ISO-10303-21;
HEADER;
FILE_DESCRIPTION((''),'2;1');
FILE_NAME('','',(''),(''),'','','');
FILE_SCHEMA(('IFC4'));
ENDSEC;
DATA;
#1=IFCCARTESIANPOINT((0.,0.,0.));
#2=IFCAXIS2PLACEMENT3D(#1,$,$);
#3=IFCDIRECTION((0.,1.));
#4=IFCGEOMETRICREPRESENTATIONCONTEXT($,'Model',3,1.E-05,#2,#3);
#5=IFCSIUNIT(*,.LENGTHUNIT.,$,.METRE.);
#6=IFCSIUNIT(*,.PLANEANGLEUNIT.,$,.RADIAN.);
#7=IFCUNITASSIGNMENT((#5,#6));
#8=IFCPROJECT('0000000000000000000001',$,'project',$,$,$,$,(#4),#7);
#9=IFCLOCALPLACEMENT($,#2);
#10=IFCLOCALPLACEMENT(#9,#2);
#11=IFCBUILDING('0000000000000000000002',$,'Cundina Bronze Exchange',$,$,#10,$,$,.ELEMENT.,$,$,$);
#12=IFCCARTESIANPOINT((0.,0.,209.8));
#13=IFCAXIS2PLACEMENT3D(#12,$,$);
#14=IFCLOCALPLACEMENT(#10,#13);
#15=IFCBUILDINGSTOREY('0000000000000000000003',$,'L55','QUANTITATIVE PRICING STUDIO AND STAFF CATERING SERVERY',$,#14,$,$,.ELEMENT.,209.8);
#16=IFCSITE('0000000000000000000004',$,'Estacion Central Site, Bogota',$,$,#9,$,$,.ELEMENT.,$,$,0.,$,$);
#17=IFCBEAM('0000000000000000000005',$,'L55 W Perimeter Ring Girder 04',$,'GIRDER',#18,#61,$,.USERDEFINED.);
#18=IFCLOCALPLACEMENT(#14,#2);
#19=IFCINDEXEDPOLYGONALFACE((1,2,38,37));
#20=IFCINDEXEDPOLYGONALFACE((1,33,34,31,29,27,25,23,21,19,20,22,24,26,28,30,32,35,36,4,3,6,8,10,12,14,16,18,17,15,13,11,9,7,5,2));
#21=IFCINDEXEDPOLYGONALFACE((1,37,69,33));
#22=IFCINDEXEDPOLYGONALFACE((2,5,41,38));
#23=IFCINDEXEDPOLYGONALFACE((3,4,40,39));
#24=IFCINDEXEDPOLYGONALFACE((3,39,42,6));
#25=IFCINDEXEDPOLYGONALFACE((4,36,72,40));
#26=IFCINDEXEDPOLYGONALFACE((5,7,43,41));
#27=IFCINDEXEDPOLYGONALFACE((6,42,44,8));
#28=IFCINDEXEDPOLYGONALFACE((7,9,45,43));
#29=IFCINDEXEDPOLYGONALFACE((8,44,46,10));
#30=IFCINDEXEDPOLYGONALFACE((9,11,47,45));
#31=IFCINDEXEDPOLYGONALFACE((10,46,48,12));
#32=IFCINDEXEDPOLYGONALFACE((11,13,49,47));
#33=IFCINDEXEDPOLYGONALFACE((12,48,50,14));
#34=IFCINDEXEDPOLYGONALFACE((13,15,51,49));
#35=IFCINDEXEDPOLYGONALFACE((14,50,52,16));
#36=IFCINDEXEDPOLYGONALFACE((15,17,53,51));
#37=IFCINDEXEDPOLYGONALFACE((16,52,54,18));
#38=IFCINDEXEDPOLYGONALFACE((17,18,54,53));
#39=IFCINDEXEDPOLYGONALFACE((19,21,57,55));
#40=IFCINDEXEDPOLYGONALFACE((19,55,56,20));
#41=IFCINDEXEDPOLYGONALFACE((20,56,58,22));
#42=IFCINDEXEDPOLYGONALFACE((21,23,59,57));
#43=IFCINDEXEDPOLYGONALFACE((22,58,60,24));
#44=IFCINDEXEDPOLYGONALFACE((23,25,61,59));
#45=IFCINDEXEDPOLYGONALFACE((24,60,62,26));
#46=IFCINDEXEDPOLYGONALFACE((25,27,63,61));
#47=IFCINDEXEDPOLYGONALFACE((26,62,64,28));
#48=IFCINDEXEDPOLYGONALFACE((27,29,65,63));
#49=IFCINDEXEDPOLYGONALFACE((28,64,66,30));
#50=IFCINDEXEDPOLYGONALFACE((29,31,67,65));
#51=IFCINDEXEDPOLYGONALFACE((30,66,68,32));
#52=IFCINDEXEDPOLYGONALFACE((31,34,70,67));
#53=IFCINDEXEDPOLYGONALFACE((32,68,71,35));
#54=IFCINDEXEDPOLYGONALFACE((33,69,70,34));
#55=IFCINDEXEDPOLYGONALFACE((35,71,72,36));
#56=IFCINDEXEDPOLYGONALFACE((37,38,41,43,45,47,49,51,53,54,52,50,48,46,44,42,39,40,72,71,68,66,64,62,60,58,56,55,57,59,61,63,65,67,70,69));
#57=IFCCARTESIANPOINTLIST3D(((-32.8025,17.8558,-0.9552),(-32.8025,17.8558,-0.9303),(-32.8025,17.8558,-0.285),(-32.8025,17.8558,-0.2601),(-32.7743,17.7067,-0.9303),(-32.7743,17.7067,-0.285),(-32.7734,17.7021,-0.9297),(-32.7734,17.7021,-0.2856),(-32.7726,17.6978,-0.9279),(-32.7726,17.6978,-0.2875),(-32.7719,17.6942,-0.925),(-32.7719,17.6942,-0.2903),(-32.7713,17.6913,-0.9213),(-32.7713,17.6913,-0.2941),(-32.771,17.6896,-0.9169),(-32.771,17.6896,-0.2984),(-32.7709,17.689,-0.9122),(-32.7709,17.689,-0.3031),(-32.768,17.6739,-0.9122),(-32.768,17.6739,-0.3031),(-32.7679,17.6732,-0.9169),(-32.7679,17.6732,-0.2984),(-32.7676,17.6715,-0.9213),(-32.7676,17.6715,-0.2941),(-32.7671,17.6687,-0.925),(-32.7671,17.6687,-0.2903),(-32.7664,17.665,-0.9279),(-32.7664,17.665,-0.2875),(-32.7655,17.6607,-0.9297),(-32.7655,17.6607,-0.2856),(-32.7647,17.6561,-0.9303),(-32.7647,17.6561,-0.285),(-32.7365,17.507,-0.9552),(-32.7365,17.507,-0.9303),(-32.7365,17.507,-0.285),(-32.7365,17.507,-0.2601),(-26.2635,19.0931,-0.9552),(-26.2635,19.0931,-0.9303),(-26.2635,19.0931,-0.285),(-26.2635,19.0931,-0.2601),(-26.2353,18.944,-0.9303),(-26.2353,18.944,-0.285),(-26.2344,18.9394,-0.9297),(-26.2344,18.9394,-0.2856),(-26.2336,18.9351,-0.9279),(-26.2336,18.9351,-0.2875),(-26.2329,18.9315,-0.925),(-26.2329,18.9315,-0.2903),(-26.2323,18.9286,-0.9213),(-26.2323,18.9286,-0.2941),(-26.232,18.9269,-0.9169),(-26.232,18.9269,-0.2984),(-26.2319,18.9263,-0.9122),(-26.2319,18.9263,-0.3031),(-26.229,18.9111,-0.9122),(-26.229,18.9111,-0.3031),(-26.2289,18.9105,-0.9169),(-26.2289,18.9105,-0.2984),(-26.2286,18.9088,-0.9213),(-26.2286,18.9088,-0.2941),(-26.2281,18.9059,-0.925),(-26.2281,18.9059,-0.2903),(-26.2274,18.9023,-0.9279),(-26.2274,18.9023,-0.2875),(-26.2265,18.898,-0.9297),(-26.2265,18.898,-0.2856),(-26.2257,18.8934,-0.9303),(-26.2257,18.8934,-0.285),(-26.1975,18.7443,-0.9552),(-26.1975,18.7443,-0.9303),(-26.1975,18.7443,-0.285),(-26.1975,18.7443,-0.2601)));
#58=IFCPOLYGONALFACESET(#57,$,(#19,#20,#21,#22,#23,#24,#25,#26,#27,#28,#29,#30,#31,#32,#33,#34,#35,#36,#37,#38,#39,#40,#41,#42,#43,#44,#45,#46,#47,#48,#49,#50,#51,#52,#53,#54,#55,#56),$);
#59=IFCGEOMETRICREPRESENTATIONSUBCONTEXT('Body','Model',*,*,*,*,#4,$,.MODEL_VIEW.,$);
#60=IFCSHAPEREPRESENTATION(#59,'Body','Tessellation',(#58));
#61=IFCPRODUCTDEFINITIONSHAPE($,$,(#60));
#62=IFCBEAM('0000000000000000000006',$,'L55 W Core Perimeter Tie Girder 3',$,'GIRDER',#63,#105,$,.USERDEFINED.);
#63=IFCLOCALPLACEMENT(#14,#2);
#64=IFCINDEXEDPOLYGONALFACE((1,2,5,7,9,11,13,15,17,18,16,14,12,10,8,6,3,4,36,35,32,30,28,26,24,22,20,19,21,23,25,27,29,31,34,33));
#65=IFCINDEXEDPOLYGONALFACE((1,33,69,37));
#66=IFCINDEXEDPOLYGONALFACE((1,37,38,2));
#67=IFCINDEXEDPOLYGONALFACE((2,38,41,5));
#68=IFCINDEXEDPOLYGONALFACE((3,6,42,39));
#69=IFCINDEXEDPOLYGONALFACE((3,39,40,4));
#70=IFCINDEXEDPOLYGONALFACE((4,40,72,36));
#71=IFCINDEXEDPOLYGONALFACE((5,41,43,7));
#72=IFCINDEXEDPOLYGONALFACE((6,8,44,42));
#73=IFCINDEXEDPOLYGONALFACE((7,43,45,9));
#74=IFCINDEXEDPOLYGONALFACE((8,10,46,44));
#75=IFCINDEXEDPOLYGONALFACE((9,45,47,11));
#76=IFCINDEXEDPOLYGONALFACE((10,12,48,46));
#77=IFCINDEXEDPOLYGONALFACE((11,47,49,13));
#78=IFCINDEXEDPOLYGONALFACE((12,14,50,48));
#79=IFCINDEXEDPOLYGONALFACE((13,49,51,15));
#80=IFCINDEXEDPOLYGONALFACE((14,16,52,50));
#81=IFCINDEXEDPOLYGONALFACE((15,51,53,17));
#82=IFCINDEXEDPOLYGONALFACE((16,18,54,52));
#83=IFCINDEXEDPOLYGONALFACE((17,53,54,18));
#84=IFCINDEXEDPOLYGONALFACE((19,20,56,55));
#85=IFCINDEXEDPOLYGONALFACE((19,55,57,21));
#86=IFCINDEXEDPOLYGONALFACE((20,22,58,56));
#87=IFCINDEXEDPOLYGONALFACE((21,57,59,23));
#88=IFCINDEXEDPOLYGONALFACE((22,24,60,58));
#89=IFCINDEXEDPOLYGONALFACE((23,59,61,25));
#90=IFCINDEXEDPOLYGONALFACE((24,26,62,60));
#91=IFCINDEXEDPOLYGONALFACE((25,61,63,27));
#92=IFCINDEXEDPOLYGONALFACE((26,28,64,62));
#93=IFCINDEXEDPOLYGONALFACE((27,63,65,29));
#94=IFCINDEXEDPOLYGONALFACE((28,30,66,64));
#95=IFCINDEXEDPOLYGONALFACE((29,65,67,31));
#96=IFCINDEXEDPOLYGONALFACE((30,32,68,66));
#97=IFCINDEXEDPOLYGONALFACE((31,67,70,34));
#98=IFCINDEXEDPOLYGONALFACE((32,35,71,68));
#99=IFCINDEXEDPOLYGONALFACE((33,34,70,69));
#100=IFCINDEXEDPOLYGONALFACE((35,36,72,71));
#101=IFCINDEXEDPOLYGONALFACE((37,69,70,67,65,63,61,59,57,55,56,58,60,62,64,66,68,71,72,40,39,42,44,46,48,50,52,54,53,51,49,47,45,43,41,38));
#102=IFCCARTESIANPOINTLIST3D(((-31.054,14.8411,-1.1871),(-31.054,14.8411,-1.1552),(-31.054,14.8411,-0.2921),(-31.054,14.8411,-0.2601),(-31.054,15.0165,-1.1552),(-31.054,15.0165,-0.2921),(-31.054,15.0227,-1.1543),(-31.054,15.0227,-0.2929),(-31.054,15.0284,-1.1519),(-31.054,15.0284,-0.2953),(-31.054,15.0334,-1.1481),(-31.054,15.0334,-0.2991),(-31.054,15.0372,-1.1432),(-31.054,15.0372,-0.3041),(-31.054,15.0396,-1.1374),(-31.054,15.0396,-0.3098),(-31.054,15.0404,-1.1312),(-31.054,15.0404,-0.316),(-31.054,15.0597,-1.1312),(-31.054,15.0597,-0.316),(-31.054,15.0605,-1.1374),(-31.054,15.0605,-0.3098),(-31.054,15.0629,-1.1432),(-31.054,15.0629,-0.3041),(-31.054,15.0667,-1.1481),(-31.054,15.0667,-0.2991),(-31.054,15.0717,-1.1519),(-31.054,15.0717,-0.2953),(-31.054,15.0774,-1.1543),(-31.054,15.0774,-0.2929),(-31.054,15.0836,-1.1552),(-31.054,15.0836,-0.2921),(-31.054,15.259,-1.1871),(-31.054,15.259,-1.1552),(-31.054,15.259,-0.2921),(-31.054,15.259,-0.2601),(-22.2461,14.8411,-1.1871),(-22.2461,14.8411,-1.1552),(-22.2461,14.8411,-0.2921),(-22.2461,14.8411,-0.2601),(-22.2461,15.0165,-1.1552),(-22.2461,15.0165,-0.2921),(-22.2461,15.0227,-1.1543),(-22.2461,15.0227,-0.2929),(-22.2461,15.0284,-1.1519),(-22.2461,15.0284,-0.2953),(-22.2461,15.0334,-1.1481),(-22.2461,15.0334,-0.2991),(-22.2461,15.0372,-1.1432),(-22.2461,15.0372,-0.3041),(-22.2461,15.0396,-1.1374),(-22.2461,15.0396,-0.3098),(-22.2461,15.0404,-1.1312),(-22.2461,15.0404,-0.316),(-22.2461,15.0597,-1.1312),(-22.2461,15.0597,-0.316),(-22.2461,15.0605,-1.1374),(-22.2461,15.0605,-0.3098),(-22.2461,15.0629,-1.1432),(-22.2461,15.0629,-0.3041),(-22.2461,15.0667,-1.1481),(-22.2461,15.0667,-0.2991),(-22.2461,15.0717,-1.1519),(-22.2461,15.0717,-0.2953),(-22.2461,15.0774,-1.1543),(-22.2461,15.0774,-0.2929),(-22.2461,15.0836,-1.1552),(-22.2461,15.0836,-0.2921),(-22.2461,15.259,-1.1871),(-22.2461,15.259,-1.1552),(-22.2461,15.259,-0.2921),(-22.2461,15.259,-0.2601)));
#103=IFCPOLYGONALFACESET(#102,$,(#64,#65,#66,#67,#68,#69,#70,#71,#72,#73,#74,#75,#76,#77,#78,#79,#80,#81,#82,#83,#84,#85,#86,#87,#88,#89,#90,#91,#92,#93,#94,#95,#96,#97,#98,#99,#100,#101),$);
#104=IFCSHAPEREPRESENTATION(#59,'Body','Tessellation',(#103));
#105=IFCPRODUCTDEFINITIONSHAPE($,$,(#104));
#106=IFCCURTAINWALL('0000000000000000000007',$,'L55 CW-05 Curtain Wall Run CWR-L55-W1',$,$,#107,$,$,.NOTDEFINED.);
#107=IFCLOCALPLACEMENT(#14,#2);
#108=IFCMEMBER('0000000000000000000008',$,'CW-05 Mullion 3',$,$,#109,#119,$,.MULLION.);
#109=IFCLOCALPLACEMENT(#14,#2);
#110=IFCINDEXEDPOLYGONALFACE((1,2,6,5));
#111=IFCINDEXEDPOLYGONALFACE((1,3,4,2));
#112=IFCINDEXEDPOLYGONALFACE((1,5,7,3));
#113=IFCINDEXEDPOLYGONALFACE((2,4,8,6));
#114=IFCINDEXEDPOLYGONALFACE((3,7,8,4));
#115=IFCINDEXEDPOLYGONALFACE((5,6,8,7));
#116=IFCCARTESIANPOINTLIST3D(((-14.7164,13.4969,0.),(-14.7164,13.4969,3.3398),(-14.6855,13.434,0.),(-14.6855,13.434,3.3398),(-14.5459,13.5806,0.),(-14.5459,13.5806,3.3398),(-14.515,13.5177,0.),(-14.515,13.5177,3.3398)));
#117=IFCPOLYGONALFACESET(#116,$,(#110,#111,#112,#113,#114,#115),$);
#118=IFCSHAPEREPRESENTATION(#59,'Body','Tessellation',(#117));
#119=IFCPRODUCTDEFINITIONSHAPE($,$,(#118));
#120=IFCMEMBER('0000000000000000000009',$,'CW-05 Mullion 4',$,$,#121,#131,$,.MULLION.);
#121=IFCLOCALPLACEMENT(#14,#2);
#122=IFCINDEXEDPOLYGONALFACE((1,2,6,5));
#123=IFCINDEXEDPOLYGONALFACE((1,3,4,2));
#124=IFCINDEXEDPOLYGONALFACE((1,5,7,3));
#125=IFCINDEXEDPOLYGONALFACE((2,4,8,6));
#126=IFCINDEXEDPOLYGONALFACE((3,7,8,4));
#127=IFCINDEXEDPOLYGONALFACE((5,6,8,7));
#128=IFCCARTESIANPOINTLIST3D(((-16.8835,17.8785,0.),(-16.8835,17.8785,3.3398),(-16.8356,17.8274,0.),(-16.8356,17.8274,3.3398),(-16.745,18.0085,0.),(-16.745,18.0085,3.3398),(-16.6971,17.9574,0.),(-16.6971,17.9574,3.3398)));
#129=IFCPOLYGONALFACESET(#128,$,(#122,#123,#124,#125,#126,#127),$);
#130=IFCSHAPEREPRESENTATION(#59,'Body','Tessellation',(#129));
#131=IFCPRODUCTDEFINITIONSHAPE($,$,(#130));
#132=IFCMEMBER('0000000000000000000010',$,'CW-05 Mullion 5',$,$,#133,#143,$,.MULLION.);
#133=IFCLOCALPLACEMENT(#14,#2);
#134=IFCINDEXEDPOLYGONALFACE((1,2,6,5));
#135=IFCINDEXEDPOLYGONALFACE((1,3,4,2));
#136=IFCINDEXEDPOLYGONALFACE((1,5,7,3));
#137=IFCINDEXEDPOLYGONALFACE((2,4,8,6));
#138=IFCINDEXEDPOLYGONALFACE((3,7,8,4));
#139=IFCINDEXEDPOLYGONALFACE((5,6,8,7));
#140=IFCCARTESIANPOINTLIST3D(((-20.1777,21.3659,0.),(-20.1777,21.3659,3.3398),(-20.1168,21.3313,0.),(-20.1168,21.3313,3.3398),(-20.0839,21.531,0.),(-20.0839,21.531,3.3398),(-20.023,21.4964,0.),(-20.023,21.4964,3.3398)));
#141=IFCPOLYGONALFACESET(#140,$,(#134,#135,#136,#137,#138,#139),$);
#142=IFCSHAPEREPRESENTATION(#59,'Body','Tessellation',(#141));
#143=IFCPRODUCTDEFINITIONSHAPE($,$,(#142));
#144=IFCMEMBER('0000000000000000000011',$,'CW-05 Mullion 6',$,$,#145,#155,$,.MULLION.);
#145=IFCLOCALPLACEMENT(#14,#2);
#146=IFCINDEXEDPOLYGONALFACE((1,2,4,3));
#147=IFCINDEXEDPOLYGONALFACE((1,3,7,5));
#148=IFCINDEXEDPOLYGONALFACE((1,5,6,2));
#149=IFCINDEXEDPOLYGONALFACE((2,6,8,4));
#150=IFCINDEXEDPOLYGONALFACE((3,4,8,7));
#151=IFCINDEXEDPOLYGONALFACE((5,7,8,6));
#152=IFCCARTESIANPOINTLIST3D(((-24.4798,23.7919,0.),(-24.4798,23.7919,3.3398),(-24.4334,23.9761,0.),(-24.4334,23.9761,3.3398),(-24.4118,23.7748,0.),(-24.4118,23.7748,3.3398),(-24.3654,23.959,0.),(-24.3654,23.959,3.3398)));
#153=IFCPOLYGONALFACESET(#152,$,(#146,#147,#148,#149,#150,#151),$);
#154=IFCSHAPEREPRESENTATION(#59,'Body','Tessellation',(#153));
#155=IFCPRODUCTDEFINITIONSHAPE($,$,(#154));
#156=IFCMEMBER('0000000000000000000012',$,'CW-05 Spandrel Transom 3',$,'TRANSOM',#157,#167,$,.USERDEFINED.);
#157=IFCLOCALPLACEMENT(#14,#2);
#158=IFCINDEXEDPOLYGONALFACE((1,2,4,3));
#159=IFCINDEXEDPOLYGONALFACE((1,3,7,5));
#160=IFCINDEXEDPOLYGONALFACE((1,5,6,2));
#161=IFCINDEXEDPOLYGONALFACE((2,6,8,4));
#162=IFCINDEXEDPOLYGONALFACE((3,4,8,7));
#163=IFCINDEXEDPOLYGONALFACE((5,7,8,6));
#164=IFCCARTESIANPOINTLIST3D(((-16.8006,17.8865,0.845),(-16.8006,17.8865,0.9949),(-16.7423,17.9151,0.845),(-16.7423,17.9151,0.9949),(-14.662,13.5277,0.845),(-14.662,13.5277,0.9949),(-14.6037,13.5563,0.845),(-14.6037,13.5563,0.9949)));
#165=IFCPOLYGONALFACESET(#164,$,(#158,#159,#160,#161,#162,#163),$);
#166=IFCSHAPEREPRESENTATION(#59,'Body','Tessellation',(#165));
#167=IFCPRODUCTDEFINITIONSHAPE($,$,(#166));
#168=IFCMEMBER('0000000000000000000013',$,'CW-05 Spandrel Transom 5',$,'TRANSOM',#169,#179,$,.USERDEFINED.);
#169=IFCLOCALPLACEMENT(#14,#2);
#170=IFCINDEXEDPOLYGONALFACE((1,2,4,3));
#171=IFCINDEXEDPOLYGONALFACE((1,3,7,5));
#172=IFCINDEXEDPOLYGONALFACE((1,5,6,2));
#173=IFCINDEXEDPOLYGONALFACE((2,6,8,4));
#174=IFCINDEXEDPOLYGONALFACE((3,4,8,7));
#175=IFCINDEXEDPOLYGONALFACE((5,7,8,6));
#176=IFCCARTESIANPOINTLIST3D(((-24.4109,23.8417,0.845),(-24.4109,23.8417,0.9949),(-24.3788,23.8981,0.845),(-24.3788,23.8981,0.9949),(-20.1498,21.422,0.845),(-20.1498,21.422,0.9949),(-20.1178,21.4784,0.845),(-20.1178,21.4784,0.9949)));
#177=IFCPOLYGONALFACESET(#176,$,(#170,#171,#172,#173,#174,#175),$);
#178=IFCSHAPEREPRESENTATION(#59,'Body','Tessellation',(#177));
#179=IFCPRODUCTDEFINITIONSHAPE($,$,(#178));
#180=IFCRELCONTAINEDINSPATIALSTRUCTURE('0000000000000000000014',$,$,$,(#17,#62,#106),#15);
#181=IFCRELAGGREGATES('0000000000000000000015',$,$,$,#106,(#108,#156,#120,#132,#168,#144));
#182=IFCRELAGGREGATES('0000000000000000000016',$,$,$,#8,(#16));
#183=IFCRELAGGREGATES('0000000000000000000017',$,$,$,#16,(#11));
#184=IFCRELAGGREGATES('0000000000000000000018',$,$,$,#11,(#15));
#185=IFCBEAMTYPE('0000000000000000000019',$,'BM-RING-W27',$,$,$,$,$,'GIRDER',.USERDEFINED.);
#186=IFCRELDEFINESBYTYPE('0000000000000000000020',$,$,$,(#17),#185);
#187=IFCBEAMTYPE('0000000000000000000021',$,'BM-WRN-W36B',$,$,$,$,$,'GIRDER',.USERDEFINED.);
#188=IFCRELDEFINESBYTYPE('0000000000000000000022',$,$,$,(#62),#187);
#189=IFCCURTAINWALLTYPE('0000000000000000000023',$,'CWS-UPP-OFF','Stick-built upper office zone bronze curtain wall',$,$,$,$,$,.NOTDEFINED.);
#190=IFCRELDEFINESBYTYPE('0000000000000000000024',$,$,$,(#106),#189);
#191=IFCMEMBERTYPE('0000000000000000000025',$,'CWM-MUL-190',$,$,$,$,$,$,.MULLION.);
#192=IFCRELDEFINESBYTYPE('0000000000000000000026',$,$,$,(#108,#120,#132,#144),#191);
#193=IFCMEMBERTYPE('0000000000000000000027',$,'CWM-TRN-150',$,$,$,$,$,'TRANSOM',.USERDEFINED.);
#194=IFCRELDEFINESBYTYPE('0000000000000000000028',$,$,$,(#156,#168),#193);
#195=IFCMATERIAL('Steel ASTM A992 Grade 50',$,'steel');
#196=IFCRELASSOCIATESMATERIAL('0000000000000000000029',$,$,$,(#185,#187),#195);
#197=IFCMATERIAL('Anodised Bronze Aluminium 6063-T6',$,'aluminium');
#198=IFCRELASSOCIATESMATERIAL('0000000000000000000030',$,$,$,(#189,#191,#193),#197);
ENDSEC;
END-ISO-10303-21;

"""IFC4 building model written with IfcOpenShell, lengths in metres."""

from ifc_helpers import new_model, si_unit, direction, frame, origin, origin_2d, place, context, subcontext, project, spatial, rectangle, i_section, extrude, material, material_profile, profile_set, type_object, element, aggregate, save


model = new_model("IFC4")

# Units and contexts
model_context = context("Model", 3, precision=1e-05, world=origin(), true_north=direction((0.0, 1.0)))
body_context = subcontext(model_context, "Body", "Model", "MODEL_VIEW")
ifc_project = project(units=[si_unit("LENGTHUNIT", "METRE"), si_unit("PLANEANGLEUNIT", "RADIAN")], contexts=[model_context])

# Site, building, storey
site_placement = place(None, origin())
site = spatial("IfcSite", under=ifc_project, at=site_placement, Name="Estacion Central Site, Bogota", CompositionType="ELEMENT", RefElevation=0.0)
building_placement = place(site_placement, origin())
building = spatial("IfcBuilding", under=site, at=building_placement, Name="Cundina Bronze Exchange", CompositionType="ELEMENT")
storey_placement = place(building_placement, frame((0.0, 0.0, 209.8)))
storey = spatial("IfcBuildingStorey", under=building, at=storey_placement, Name="L55", Description="QUANTITATIVE PRICING STUDIO AND STAFF CATERING SERVERY", CompositionType="ELEMENT", Elevation=209.8)

# Shared definitions
ifc_material_1 = material(Name="Steel ASTM A992 Grade 50", Category="steel")

# Beams
ifc_material_profile_1 = material_profile(ifc_material_1, i_section(OverallWidth=0.355, OverallDepth=0.6951, WebThickness=0.0154, FlangeThickness=0.0249, FilletRadius=0.0181, at=origin_2d()), Name="W27X146", Category="steel")
ifc_profile_set_1 = profile_set([ifc_material_profile_1], Name="Steel ASTM A992 Grade 50")
beam_type_1 = type_object("IfcBeamType", Name="BM-RING-W27", ElementType="GIRDER", PredefinedType="USERDEFINED", material=ifc_profile_set_1)
beam_1_placement = place(storey_placement, frame((-26.2305, 18.9187, -0.6077), z_axis=(-0.982565, -0.185918, 0.0), x_axis=(0.185918, -0.982565, 0.0)))
element("IfcBeam", 1, at=beam_1_placement, inside=storey, type_object=beam_type_1, Name="L55 W Perimeter Ring Girder 04", ObjectType="GIRDER", PredefinedType="USERDEFINED", context=body_context, shape_type="SweptSolid", body=[
    extrude(i_section(OverallWidth=0.355, OverallDepth=0.6951, WebThickness=0.0154, FlangeThickness=0.0249, FilletRadius=0.0181, at=origin_2d()), origin(), (0.0, 0.0, 1.0), 6.655),
])
ifc_material_profile_2 = material_profile(ifc_material_1, i_section(OverallWidth=0.418, OverallDepth=0.927, WebThickness=0.0193, FlangeThickness=0.032, FilletRadius=0.0239, at=origin_2d()), Name="W36X231", Category="steel")
ifc_profile_set_2 = profile_set([ifc_material_profile_2], Name="Steel ASTM A992 Grade 50")
beam_type_2 = type_object("IfcBeamType", Name="BM-WRN-W36B", ElementType="GIRDER", PredefinedType="USERDEFINED", material=ifc_profile_set_2)
beam_2_placement = place(storey_placement, frame((-22.2461, 15.05, -0.7236), z_axis=(-1.0, 0.0, 0.0), x_axis=(0.0, -1.0, 0.0)))
element("IfcBeam", 2, at=beam_2_placement, inside=storey, type_object=beam_type_2, Name="L55 W Core Perimeter Tie Girder 3", ObjectType="GIRDER", PredefinedType="USERDEFINED", context=body_context, shape_type="SweptSolid", body=[
    extrude(i_section(OverallWidth=0.418, OverallDepth=0.927, WebThickness=0.0193, FlangeThickness=0.032, FilletRadius=0.0239, at=origin_2d()), origin(), (0.0, 0.0, 1.0), 8.8079),
])

# Curtain wall, members
ifc_material_2 = material(Name="Anodised Bronze Aluminium 6063-T6", Category="aluminium")
curtain_wall_type = type_object("IfcCurtainWallType", Name="CWS-UPP-OFF", Description="Stick-built upper office zone bronze curtain wall", PredefinedType="NOTDEFINED", material=ifc_material_2)
curtain_wall_placement = place(storey_placement, origin())
curtain_wall = element("IfcCurtainWall", 3, at=curtain_wall_placement, inside=storey, type_object=curtain_wall_type, Name="L55 CW-05 Curtain Wall Run CWR-L55-W1", PredefinedType="NOTDEFINED")
ifc_material_profile_3 = material_profile(ifc_material_2, rectangle(XDim=0.0701, YDim=0.1899, at=origin_2d()), Name="AL70X190", Category="aluminium")
ifc_profile_set_3 = profile_set([ifc_material_profile_3], Name="Anodised Bronze Aluminium 6063-T6")
member_type_1 = type_object("IfcMemberType", Name="CWM-MUL-190", PredefinedType="MULLION", material=ifc_profile_set_3)
member_1_placement = place(storey_placement, frame((-14.6157, 13.5073, 0.0), z_axis=(0.0, 0.0, 1.0), x_axis=(-0.440566, 0.89772, 0.0)))
member_1 = element("IfcMember", 4, at=member_1_placement, type_object=member_type_1, Name="CW-05 Mullion 3", PredefinedType="MULLION", context=body_context, shape_type="SweptSolid", body=[
    extrude(rectangle(XDim=0.0701, YDim=0.1899, at=origin_2d()), origin(), (0.0, 0.0, 1.0), 3.3398),
])
member_2_placement = place(storey_placement, frame((-16.7903, 17.918, 0.0), z_axis=(0.0, 0.0, 1.0), x_axis=(-0.684293, 0.729208, 0.0)))
member_2 = element("IfcMember", 5, at=member_2_placement, type_object=member_type_1, Name="CW-05 Mullion 4", PredefinedType="MULLION", context=body_context, shape_type="SweptSolid", body=[
    extrude(rectangle(XDim=0.0701, YDim=0.1899, at=origin_2d()), origin(), (0.0, 0.0, 1.0), 3.3398),
])
member_3_placement = place(storey_placement, frame((-20.1003, 21.4312, 0.0), z_axis=(0.0, 0.0, 1.0), x_axis=(-0.869581, 0.49379, 0.0)))
member_3 = element("IfcMember", 6, at=member_3_placement, type_object=member_type_1, Name="CW-05 Mullion 5", PredefinedType="MULLION", context=body_context, shape_type="SweptSolid", body=[
    extrude(rectangle(XDim=0.0701, YDim=0.1899, at=origin_2d()), origin(), (0.0, 0.0, 1.0), 3.3398),
])
member_4_placement = place(storey_placement, frame((-24.4226, 23.8755, 0.0), z_axis=(0.0, 0.0, 1.0), x_axis=(-0.969744, 0.244123, 0.0)))
member_4 = element("IfcMember", 7, at=member_4_placement, type_object=member_type_1, Name="CW-05 Mullion 6", PredefinedType="MULLION", context=body_context, shape_type="SweptSolid", body=[
    extrude(rectangle(XDim=0.0701, YDim=0.1899, at=origin_2d()), origin(), (0.0, 0.0, 1.0), 3.3398),
])
ifc_material_profile_4 = material_profile(ifc_material_2, rectangle(XDim=0.0649, YDim=0.1499, at=origin_2d()), Name="AL65X150", Category="aluminium")
ifc_profile_set_4 = profile_set([ifc_material_profile_4], Name="Anodised Bronze Aluminium 6063-T6")
member_type_2 = type_object("IfcMemberType", Name="CWM-TRN-150", ElementType="TRANSOM", PredefinedType="USERDEFINED", material=ifc_profile_set_4)
member_5_placement = place(storey_placement, frame((-14.6328, 13.542, 0.9199), z_axis=(-0.440483, 0.897761, 0.0), x_axis=(-0.897761, -0.440483, 0.0)))
member_5 = element("IfcMember", 8, at=member_5_placement, type_object=member_type_2, Name="CW-05 Spandrel Transom 3", ObjectType="TRANSOM", PredefinedType="USERDEFINED", context=body_context, shape_type="SweptSolid", body=[
    extrude(rectangle(XDim=0.0649, YDim=0.1499, at=origin_2d()), origin(), (0.0, 0.0, 1.0), 4.8552),
])
member_6_placement = place(storey_placement, frame((-20.1338, 21.4502, 0.9199), z_axis=(-0.869574, 0.493803, 0.0), x_axis=(-0.493803, -0.869574, 0.0)))
member_6 = element("IfcMember", 9, at=member_6_placement, type_object=member_type_2, Name="CW-05 Spandrel Transom 5", ObjectType="TRANSOM", PredefinedType="USERDEFINED", context=body_context, shape_type="SweptSolid", body=[
    extrude(rectangle(XDim=0.0649, YDim=0.1499, at=origin_2d()), origin(), (0.0, 0.0, 1.0), 4.9001),
])
aggregate(curtain_wall, [member_1, member_5, member_2, member_3, member_6, member_4])

save(model, "model.ifc")
